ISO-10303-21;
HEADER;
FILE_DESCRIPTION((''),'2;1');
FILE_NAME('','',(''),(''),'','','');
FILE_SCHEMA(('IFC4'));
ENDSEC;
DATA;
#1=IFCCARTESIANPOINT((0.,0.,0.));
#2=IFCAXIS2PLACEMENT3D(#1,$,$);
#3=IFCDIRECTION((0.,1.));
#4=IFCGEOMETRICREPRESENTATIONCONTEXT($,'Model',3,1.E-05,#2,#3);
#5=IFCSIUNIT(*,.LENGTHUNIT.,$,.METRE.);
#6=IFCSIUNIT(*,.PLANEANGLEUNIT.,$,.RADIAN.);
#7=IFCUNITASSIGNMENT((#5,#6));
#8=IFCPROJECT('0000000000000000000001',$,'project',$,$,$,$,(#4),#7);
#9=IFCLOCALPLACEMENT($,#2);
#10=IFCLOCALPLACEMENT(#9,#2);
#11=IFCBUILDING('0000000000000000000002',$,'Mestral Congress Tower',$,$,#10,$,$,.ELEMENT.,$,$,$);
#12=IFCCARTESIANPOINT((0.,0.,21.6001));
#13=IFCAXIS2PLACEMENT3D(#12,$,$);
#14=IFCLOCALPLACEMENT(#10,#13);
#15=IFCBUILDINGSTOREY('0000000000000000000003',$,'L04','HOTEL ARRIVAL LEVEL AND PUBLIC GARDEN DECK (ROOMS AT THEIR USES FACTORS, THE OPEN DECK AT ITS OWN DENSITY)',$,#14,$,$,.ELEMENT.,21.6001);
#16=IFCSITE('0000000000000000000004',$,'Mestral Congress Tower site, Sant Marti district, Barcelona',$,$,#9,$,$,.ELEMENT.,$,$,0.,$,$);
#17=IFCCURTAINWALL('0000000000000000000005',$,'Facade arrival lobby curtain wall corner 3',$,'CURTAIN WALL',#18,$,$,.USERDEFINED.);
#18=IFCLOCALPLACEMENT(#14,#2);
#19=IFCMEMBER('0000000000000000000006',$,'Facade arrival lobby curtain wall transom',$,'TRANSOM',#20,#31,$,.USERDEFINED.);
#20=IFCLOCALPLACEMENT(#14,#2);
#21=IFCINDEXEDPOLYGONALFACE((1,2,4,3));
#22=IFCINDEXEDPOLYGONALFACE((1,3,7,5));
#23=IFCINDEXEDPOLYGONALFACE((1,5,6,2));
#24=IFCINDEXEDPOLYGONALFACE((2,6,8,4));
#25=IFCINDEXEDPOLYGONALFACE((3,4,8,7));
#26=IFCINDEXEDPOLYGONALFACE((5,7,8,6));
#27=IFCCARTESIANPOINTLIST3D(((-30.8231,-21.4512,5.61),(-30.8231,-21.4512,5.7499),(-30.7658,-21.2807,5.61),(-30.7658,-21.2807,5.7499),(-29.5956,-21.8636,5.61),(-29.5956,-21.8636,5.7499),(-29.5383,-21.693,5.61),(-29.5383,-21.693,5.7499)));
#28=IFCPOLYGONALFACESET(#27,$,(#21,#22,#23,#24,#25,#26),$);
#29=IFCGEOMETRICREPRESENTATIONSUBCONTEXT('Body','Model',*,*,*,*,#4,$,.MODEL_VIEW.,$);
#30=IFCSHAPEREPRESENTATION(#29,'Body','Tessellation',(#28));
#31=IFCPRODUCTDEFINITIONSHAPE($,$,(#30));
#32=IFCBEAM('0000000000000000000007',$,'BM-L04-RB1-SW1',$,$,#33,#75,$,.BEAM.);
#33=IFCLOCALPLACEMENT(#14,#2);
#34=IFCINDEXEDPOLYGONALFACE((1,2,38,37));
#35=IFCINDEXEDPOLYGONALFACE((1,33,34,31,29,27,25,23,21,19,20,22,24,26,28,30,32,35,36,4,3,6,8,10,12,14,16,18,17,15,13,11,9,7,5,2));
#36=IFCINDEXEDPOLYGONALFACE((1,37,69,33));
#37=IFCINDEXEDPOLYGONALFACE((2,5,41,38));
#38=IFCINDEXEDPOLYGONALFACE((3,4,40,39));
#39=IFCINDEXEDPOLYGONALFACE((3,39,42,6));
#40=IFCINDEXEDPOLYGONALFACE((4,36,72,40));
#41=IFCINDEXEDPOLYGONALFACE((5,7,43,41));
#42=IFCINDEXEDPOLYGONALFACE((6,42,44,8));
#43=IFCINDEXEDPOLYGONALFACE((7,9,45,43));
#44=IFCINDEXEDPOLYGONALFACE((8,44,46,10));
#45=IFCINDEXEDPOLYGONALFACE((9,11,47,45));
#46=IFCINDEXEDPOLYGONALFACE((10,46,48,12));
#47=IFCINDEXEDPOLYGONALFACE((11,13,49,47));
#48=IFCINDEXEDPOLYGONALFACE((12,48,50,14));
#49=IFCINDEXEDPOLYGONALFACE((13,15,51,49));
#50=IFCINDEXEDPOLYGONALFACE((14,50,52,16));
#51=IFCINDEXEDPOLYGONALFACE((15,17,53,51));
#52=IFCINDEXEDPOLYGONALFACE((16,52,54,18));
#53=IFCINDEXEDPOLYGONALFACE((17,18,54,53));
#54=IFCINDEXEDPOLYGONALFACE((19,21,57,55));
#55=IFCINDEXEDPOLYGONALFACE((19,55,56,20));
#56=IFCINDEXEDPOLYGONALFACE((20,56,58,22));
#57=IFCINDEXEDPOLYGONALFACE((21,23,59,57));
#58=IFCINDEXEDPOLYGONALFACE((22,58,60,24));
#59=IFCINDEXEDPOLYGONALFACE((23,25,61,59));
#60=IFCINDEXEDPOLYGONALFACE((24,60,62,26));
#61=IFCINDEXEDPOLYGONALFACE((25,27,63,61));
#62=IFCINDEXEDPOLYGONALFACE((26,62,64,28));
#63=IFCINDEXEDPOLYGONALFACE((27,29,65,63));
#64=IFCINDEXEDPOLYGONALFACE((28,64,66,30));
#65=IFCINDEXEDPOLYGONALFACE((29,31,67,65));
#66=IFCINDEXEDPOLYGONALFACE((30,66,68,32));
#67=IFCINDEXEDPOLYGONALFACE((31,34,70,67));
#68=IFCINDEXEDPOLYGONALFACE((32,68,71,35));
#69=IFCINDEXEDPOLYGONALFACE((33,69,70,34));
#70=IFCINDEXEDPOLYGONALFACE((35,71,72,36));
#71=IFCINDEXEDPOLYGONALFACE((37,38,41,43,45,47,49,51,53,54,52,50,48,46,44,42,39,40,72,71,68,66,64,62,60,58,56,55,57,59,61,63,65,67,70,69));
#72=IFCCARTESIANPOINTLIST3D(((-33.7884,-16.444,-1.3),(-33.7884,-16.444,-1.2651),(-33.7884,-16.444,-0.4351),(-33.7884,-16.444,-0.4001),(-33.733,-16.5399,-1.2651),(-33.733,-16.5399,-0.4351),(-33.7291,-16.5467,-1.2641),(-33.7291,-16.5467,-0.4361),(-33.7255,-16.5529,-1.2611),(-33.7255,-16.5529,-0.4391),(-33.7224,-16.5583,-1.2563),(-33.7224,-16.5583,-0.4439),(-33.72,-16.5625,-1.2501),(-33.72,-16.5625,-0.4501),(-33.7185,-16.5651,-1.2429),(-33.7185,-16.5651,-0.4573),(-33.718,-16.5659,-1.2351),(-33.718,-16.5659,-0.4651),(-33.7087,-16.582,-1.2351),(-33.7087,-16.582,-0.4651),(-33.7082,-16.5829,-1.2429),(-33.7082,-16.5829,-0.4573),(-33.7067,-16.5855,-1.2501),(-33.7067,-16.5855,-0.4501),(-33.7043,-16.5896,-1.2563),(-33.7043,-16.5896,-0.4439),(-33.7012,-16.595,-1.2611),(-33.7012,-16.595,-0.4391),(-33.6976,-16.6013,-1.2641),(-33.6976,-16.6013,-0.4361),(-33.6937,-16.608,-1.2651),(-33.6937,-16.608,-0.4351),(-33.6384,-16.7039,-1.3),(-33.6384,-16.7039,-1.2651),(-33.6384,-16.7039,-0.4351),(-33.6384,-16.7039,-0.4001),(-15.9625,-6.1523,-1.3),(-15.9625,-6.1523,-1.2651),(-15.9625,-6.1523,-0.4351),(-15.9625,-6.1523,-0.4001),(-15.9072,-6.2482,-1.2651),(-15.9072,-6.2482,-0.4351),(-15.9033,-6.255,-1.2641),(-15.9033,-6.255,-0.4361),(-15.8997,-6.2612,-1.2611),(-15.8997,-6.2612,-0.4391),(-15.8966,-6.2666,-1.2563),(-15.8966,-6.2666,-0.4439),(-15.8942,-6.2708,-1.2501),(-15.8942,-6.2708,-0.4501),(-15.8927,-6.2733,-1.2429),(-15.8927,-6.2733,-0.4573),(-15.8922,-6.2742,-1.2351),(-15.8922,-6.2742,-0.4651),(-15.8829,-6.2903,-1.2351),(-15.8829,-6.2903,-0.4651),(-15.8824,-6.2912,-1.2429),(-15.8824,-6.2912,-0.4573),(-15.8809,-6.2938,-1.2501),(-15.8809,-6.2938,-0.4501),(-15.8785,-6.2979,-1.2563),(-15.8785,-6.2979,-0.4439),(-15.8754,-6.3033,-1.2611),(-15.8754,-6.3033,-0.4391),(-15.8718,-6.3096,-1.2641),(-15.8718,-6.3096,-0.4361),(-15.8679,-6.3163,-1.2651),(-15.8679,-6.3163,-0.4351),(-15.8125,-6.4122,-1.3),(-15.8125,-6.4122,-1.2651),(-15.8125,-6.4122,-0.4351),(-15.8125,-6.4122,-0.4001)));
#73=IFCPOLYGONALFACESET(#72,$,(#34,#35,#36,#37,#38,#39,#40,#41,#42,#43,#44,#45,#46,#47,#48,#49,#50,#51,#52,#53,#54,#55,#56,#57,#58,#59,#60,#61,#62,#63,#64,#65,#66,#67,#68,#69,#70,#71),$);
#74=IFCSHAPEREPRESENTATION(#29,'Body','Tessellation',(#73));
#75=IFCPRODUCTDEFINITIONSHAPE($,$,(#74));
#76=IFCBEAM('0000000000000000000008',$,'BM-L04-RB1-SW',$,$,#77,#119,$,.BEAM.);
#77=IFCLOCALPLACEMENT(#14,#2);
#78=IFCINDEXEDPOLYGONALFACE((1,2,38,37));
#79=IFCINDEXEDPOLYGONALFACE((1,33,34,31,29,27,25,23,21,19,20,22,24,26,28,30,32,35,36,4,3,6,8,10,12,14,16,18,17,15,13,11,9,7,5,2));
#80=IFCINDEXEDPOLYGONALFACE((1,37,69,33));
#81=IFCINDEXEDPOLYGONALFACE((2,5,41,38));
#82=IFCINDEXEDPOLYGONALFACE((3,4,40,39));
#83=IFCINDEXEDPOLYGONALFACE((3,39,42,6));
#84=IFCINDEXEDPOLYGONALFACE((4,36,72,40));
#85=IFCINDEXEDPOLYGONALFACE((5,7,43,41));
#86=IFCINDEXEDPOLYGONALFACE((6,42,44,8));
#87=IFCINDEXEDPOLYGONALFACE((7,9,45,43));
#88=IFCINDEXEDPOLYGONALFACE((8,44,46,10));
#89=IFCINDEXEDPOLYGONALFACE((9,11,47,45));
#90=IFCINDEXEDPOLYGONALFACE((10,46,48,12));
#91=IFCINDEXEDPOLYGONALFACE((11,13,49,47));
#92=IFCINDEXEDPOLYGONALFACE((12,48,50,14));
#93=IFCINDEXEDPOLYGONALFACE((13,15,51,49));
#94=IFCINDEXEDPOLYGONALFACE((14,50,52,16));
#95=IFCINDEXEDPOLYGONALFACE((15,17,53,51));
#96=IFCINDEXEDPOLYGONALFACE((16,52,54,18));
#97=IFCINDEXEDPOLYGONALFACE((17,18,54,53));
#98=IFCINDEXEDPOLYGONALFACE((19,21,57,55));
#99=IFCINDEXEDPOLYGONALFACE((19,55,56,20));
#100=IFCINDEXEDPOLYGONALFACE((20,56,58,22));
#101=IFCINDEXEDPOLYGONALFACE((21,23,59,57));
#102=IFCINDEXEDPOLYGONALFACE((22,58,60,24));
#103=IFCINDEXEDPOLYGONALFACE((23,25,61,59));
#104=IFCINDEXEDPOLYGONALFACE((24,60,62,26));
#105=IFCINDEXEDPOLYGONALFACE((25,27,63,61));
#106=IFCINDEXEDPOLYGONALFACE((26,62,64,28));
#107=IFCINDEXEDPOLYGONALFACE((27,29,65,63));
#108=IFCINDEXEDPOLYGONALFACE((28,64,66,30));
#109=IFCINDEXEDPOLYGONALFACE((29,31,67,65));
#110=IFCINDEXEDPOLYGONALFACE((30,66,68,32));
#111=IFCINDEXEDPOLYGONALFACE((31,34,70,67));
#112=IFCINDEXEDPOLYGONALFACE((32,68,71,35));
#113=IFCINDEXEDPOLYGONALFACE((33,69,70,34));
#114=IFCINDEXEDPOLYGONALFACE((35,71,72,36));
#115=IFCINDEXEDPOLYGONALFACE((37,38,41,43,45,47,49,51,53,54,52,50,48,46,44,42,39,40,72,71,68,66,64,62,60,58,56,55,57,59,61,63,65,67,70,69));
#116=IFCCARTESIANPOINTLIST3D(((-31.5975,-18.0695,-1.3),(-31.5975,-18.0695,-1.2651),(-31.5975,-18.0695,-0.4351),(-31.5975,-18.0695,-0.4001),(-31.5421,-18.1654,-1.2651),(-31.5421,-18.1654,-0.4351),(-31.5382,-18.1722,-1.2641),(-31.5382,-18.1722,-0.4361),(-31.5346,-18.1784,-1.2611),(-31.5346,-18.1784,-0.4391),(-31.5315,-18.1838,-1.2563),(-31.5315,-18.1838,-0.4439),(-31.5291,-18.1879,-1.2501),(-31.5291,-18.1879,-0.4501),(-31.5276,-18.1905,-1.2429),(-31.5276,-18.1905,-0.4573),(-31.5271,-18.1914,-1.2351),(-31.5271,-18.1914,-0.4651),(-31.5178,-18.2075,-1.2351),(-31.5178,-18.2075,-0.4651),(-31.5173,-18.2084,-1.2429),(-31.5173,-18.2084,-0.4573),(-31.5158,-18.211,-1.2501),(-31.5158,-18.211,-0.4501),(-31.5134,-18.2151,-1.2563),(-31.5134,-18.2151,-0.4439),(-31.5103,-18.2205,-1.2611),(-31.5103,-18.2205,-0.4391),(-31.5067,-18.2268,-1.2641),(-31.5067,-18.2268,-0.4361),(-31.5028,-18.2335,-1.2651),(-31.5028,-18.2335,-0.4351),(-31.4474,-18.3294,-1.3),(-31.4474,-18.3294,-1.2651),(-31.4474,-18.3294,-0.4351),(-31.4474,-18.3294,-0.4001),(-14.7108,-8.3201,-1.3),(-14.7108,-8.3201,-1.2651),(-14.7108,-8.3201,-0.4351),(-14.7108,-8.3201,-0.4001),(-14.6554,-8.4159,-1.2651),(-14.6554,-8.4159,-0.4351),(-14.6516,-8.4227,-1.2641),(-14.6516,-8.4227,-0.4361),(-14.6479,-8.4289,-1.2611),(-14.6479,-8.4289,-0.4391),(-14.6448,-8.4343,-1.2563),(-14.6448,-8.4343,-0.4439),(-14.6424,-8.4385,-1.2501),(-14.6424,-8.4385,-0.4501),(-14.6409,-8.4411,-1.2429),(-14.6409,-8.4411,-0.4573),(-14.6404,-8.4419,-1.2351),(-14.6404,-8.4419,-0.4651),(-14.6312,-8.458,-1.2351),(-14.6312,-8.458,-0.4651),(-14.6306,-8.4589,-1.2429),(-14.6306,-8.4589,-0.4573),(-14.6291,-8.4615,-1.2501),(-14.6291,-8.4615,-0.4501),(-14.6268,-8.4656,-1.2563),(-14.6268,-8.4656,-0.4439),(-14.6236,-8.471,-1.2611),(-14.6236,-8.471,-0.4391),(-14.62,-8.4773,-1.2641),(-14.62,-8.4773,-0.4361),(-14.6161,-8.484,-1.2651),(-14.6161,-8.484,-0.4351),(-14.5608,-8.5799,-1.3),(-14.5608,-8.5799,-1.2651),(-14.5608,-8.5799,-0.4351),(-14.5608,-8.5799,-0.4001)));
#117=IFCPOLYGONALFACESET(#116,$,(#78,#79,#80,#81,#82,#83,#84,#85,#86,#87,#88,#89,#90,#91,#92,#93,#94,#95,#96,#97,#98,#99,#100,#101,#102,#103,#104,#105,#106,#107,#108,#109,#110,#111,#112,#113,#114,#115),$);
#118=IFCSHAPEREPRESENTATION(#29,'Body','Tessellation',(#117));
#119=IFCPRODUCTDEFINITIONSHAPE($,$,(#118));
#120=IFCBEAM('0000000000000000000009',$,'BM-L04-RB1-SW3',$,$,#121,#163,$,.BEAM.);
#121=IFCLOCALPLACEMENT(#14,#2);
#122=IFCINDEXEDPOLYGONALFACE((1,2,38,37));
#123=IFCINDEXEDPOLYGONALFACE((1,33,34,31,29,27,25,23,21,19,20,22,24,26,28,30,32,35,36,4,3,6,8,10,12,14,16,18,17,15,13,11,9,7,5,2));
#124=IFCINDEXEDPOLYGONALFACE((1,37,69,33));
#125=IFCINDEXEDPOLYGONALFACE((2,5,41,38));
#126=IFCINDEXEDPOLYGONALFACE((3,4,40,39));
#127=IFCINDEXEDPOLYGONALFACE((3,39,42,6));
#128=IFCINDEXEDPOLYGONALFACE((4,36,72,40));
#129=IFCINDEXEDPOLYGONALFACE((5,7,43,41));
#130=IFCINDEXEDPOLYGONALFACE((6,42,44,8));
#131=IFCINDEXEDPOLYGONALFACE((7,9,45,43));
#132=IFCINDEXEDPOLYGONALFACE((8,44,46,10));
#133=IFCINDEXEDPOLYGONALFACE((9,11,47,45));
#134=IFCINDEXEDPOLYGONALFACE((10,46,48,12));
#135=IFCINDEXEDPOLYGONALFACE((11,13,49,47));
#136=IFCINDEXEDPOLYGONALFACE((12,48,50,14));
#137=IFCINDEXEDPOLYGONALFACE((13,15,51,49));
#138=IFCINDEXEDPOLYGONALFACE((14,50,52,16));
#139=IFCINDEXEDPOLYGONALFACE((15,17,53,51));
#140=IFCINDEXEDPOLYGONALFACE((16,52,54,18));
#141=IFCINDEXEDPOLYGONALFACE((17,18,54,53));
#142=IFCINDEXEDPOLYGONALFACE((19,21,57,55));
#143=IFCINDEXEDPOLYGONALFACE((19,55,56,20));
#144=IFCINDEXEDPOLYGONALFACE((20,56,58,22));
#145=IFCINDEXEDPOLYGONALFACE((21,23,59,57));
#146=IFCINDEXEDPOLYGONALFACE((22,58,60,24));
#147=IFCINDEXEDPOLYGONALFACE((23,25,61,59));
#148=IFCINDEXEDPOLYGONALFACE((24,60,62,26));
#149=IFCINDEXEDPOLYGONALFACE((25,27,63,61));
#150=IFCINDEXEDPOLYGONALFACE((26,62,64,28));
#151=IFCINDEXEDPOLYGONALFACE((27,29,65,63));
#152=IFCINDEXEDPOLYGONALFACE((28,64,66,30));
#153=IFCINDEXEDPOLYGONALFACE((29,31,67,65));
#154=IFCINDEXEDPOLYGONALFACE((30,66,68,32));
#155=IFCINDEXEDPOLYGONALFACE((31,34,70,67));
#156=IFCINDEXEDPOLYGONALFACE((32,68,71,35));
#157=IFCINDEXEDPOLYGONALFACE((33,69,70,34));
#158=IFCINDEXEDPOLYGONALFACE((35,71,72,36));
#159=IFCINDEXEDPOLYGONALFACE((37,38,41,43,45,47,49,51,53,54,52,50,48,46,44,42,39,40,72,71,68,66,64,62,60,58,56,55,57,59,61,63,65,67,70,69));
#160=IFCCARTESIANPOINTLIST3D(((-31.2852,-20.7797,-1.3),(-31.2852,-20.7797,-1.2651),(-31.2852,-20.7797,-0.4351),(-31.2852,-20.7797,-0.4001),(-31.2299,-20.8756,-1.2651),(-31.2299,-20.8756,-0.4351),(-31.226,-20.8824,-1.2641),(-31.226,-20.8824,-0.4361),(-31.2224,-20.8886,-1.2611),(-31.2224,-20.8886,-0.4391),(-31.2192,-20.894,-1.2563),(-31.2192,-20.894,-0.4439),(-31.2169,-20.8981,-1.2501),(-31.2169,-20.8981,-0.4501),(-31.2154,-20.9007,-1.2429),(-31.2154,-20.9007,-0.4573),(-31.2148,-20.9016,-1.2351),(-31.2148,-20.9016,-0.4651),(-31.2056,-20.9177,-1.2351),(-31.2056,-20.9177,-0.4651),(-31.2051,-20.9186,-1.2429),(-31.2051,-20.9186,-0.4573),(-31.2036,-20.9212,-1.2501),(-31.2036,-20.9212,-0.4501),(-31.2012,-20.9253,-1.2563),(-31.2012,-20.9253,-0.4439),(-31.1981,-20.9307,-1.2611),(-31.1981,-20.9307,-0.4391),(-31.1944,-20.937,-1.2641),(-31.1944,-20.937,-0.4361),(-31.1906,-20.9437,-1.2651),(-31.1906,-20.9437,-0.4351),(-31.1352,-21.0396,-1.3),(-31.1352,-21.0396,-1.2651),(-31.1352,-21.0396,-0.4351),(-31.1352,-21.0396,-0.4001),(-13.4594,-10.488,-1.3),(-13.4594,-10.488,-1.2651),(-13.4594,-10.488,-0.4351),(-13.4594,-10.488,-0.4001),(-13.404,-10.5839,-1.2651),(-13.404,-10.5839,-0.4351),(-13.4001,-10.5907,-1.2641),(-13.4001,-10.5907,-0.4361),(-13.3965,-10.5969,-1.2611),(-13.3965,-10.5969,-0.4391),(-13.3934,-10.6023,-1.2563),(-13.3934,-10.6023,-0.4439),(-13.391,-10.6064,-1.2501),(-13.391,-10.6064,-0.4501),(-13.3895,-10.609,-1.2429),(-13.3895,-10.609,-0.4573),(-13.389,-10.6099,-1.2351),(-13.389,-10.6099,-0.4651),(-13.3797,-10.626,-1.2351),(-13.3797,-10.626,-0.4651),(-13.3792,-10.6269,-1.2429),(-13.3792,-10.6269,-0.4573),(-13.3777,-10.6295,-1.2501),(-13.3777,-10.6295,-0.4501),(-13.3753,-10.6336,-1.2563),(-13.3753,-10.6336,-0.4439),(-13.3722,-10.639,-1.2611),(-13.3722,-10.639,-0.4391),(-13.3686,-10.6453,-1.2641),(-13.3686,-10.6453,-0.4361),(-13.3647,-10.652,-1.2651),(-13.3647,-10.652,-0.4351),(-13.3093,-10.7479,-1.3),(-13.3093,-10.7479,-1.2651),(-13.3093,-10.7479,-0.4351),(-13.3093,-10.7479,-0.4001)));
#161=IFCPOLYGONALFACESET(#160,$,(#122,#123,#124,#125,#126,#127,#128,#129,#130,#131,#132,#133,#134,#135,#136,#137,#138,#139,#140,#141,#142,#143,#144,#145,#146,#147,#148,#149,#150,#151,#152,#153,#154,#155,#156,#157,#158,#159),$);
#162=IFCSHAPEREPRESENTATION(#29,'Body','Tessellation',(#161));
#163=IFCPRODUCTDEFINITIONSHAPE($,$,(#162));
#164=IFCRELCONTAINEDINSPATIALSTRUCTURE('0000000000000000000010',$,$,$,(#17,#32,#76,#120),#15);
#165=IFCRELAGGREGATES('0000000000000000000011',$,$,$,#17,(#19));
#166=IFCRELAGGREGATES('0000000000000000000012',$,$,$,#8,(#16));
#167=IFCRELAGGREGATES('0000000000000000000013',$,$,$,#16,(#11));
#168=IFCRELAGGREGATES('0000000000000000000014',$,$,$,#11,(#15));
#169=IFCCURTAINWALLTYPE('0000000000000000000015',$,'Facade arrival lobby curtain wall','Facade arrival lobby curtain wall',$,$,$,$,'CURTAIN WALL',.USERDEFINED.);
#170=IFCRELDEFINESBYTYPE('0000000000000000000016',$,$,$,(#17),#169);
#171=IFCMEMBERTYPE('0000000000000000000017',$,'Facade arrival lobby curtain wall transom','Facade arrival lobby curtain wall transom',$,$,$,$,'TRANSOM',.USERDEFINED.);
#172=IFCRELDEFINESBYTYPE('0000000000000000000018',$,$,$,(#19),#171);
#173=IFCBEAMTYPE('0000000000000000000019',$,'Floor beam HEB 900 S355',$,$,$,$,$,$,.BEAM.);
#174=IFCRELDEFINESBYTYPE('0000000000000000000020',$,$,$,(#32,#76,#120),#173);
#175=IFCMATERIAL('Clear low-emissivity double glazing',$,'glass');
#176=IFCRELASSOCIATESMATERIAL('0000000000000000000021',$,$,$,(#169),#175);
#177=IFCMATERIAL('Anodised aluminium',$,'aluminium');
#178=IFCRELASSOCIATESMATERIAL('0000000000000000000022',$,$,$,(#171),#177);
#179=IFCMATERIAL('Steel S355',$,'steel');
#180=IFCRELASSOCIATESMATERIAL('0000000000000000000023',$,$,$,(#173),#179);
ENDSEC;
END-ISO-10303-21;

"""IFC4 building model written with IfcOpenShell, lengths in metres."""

from ifc_helpers import new_model, si_unit, direction, frame, origin, origin_2d, place, context, subcontext, project, spatial, rectangle, i_section, extrude, material, material_profile, profile_set, type_object, element, aggregate, save


model = new_model("IFC4")

# Units and contexts
model_context = context("Model", 3, precision=1e-05, world=origin(), true_north=direction((0.0, 1.0)))
body_context = subcontext(model_context, "Body", "Model", "MODEL_VIEW")
ifc_project = project(units=[si_unit("LENGTHUNIT", "METRE"), si_unit("PLANEANGLEUNIT", "RADIAN")], contexts=[model_context])

# Site, building, storey
site_placement = place(None, origin())
site = spatial("IfcSite", under=ifc_project, at=site_placement, Name="Mestral Congress Tower site, Sant Marti district, Barcelona", CompositionType="ELEMENT", RefElevation=0.0)
building_placement = place(site_placement, origin())
building = spatial("IfcBuilding", under=site, at=building_placement, Name="Mestral Congress Tower", CompositionType="ELEMENT")
storey_placement = place(building_placement, frame((0.0, 0.0, 21.6001)))
storey = spatial("IfcBuildingStorey", under=building, at=storey_placement, Name="L04", Description="HOTEL ARRIVAL LEVEL AND PUBLIC GARDEN DECK (ROOMS AT THEIR USES FACTORS, THE OPEN DECK AT ITS OWN DENSITY)", CompositionType="ELEMENT", Elevation=21.6001)

# Curtain wall, member
ifc_material_1 = material(Name="Clear low-emissivity double glazing", Category="glass")
curtain_wall_type = type_object("IfcCurtainWallType", Name="Facade arrival lobby curtain wall", Description="Facade arrival lobby curtain wall", ElementType="CURTAIN WALL", PredefinedType="USERDEFINED", material=ifc_material_1)
curtain_wall_placement = place(storey_placement, origin())
curtain_wall = element("IfcCurtainWall", 1, at=curtain_wall_placement, inside=storey, type_object=curtain_wall_type, Name="Facade arrival lobby curtain wall corner 3", ObjectType="CURTAIN WALL", PredefinedType="USERDEFINED")
ifc_material_2 = material(Name="Anodised aluminium", Category="aluminium")
ifc_material_profile_1 = material_profile(ifc_material_2, rectangle(XDim=0.1799, YDim=0.1399, at=origin_2d()), Name="CW4 transom 180 x 140")
ifc_profile_set_1 = profile_set([ifc_material_profile_1], Name="Anodised aluminium")
member_type_1 = type_object("IfcMemberType", Name="Facade arrival lobby curtain wall transom", Description="Facade arrival lobby curtain wall transom", ElementType="TRANSOM", PredefinedType="USERDEFINED", material=ifc_profile_set_1)
member_1_placement = place(storey_placement, frame((-30.7944, -21.366, 5.6799), z_axis=(0.947945, -0.318433, 0.0), x_axis=(0.318433, 0.947945, 0.0)))
member_1 = element("IfcMember", 2, at=member_1_placement, type_object=member_type_1, Name="Facade arrival lobby curtain wall transom", ObjectType="TRANSOM", PredefinedType="USERDEFINED", context=body_context, shape_type="SweptSolid", body=[
    extrude(rectangle(XDim=0.1799, YDim=0.1399, at=origin_2d()), origin(), (0.0, 0.0, 1.0), 1.2949),
])

# Beams
ifc_material_3 = material(Name="Steel S355", Category="steel")
ifc_material_profile_2 = material_profile(ifc_material_3, i_section(OverallWidth=0.3, OverallDepth=0.8999, WebThickness=0.0186, FlangeThickness=0.0349, FilletRadius=0.03, at=origin_2d()), Name="HEB 900")
ifc_profile_set_2 = profile_set([ifc_material_profile_2], Name="Steel S355")
beam_type_1 = type_object("IfcBeamType", Name="Floor beam HEB 900 S355", PredefinedType="BEAM", material=ifc_profile_set_2)
beam_1_placement = place(storey_placement, frame((-33.7134, -16.574, -0.8501), z_axis=(0.866027, 0.499998, 0.0), x_axis=(-0.499998, 0.866027, 0.0)))
element("IfcBeam", 3, at=beam_1_placement, inside=storey, type_object=beam_type_1, Name="BM-L04-RB1-SW1", PredefinedType="BEAM", context=body_context, shape_type="SweptSolid", body=[
    extrude(i_section(OverallWidth=0.3, OverallDepth=0.8999, WebThickness=0.0186, FlangeThickness=0.0349, FilletRadius=0.03, at=origin_2d()), origin(), (0.0, 0.0, 1.0), 20.5835),
])
beam_2_placement = place(storey_placement, frame((-31.5225, -18.1995, -0.8501), z_axis=(0.866026, 0.499998, 0.0), x_axis=(-0.499998, 0.866026, 0.0)))
element("IfcBeam", 4, at=beam_2_placement, inside=storey, type_object=beam_type_1, Name="BM-L04-RB1-SW", PredefinedType="BEAM", context=body_context, shape_type="SweptSolid", body=[
    extrude(i_section(OverallWidth=0.3, OverallDepth=0.8999, WebThickness=0.0186, FlangeThickness=0.0349, FilletRadius=0.03, at=origin_2d()), origin(), (0.0, 0.0, 1.0), 19.499),
])
beam_3_placement = place(storey_placement, frame((-31.2102, -20.9097, -0.8501), z_axis=(0.866027, 0.499998, 0.0), x_axis=(-0.499998, 0.866027, 0.0)))
element("IfcBeam", 5, at=beam_3_placement, inside=storey, type_object=beam_type_1, Name="BM-L04-RB1-SW3", PredefinedType="BEAM", context=body_context, shape_type="SweptSolid", body=[
    extrude(i_section(OverallWidth=0.3, OverallDepth=0.8999, WebThickness=0.0186, FlangeThickness=0.0349, FilletRadius=0.03, at=origin_2d()), origin(), (0.0, 0.0, 1.0), 20.5835),
])

aggregate(curtain_wall, [member_1])

save(model, "model.ifc")
